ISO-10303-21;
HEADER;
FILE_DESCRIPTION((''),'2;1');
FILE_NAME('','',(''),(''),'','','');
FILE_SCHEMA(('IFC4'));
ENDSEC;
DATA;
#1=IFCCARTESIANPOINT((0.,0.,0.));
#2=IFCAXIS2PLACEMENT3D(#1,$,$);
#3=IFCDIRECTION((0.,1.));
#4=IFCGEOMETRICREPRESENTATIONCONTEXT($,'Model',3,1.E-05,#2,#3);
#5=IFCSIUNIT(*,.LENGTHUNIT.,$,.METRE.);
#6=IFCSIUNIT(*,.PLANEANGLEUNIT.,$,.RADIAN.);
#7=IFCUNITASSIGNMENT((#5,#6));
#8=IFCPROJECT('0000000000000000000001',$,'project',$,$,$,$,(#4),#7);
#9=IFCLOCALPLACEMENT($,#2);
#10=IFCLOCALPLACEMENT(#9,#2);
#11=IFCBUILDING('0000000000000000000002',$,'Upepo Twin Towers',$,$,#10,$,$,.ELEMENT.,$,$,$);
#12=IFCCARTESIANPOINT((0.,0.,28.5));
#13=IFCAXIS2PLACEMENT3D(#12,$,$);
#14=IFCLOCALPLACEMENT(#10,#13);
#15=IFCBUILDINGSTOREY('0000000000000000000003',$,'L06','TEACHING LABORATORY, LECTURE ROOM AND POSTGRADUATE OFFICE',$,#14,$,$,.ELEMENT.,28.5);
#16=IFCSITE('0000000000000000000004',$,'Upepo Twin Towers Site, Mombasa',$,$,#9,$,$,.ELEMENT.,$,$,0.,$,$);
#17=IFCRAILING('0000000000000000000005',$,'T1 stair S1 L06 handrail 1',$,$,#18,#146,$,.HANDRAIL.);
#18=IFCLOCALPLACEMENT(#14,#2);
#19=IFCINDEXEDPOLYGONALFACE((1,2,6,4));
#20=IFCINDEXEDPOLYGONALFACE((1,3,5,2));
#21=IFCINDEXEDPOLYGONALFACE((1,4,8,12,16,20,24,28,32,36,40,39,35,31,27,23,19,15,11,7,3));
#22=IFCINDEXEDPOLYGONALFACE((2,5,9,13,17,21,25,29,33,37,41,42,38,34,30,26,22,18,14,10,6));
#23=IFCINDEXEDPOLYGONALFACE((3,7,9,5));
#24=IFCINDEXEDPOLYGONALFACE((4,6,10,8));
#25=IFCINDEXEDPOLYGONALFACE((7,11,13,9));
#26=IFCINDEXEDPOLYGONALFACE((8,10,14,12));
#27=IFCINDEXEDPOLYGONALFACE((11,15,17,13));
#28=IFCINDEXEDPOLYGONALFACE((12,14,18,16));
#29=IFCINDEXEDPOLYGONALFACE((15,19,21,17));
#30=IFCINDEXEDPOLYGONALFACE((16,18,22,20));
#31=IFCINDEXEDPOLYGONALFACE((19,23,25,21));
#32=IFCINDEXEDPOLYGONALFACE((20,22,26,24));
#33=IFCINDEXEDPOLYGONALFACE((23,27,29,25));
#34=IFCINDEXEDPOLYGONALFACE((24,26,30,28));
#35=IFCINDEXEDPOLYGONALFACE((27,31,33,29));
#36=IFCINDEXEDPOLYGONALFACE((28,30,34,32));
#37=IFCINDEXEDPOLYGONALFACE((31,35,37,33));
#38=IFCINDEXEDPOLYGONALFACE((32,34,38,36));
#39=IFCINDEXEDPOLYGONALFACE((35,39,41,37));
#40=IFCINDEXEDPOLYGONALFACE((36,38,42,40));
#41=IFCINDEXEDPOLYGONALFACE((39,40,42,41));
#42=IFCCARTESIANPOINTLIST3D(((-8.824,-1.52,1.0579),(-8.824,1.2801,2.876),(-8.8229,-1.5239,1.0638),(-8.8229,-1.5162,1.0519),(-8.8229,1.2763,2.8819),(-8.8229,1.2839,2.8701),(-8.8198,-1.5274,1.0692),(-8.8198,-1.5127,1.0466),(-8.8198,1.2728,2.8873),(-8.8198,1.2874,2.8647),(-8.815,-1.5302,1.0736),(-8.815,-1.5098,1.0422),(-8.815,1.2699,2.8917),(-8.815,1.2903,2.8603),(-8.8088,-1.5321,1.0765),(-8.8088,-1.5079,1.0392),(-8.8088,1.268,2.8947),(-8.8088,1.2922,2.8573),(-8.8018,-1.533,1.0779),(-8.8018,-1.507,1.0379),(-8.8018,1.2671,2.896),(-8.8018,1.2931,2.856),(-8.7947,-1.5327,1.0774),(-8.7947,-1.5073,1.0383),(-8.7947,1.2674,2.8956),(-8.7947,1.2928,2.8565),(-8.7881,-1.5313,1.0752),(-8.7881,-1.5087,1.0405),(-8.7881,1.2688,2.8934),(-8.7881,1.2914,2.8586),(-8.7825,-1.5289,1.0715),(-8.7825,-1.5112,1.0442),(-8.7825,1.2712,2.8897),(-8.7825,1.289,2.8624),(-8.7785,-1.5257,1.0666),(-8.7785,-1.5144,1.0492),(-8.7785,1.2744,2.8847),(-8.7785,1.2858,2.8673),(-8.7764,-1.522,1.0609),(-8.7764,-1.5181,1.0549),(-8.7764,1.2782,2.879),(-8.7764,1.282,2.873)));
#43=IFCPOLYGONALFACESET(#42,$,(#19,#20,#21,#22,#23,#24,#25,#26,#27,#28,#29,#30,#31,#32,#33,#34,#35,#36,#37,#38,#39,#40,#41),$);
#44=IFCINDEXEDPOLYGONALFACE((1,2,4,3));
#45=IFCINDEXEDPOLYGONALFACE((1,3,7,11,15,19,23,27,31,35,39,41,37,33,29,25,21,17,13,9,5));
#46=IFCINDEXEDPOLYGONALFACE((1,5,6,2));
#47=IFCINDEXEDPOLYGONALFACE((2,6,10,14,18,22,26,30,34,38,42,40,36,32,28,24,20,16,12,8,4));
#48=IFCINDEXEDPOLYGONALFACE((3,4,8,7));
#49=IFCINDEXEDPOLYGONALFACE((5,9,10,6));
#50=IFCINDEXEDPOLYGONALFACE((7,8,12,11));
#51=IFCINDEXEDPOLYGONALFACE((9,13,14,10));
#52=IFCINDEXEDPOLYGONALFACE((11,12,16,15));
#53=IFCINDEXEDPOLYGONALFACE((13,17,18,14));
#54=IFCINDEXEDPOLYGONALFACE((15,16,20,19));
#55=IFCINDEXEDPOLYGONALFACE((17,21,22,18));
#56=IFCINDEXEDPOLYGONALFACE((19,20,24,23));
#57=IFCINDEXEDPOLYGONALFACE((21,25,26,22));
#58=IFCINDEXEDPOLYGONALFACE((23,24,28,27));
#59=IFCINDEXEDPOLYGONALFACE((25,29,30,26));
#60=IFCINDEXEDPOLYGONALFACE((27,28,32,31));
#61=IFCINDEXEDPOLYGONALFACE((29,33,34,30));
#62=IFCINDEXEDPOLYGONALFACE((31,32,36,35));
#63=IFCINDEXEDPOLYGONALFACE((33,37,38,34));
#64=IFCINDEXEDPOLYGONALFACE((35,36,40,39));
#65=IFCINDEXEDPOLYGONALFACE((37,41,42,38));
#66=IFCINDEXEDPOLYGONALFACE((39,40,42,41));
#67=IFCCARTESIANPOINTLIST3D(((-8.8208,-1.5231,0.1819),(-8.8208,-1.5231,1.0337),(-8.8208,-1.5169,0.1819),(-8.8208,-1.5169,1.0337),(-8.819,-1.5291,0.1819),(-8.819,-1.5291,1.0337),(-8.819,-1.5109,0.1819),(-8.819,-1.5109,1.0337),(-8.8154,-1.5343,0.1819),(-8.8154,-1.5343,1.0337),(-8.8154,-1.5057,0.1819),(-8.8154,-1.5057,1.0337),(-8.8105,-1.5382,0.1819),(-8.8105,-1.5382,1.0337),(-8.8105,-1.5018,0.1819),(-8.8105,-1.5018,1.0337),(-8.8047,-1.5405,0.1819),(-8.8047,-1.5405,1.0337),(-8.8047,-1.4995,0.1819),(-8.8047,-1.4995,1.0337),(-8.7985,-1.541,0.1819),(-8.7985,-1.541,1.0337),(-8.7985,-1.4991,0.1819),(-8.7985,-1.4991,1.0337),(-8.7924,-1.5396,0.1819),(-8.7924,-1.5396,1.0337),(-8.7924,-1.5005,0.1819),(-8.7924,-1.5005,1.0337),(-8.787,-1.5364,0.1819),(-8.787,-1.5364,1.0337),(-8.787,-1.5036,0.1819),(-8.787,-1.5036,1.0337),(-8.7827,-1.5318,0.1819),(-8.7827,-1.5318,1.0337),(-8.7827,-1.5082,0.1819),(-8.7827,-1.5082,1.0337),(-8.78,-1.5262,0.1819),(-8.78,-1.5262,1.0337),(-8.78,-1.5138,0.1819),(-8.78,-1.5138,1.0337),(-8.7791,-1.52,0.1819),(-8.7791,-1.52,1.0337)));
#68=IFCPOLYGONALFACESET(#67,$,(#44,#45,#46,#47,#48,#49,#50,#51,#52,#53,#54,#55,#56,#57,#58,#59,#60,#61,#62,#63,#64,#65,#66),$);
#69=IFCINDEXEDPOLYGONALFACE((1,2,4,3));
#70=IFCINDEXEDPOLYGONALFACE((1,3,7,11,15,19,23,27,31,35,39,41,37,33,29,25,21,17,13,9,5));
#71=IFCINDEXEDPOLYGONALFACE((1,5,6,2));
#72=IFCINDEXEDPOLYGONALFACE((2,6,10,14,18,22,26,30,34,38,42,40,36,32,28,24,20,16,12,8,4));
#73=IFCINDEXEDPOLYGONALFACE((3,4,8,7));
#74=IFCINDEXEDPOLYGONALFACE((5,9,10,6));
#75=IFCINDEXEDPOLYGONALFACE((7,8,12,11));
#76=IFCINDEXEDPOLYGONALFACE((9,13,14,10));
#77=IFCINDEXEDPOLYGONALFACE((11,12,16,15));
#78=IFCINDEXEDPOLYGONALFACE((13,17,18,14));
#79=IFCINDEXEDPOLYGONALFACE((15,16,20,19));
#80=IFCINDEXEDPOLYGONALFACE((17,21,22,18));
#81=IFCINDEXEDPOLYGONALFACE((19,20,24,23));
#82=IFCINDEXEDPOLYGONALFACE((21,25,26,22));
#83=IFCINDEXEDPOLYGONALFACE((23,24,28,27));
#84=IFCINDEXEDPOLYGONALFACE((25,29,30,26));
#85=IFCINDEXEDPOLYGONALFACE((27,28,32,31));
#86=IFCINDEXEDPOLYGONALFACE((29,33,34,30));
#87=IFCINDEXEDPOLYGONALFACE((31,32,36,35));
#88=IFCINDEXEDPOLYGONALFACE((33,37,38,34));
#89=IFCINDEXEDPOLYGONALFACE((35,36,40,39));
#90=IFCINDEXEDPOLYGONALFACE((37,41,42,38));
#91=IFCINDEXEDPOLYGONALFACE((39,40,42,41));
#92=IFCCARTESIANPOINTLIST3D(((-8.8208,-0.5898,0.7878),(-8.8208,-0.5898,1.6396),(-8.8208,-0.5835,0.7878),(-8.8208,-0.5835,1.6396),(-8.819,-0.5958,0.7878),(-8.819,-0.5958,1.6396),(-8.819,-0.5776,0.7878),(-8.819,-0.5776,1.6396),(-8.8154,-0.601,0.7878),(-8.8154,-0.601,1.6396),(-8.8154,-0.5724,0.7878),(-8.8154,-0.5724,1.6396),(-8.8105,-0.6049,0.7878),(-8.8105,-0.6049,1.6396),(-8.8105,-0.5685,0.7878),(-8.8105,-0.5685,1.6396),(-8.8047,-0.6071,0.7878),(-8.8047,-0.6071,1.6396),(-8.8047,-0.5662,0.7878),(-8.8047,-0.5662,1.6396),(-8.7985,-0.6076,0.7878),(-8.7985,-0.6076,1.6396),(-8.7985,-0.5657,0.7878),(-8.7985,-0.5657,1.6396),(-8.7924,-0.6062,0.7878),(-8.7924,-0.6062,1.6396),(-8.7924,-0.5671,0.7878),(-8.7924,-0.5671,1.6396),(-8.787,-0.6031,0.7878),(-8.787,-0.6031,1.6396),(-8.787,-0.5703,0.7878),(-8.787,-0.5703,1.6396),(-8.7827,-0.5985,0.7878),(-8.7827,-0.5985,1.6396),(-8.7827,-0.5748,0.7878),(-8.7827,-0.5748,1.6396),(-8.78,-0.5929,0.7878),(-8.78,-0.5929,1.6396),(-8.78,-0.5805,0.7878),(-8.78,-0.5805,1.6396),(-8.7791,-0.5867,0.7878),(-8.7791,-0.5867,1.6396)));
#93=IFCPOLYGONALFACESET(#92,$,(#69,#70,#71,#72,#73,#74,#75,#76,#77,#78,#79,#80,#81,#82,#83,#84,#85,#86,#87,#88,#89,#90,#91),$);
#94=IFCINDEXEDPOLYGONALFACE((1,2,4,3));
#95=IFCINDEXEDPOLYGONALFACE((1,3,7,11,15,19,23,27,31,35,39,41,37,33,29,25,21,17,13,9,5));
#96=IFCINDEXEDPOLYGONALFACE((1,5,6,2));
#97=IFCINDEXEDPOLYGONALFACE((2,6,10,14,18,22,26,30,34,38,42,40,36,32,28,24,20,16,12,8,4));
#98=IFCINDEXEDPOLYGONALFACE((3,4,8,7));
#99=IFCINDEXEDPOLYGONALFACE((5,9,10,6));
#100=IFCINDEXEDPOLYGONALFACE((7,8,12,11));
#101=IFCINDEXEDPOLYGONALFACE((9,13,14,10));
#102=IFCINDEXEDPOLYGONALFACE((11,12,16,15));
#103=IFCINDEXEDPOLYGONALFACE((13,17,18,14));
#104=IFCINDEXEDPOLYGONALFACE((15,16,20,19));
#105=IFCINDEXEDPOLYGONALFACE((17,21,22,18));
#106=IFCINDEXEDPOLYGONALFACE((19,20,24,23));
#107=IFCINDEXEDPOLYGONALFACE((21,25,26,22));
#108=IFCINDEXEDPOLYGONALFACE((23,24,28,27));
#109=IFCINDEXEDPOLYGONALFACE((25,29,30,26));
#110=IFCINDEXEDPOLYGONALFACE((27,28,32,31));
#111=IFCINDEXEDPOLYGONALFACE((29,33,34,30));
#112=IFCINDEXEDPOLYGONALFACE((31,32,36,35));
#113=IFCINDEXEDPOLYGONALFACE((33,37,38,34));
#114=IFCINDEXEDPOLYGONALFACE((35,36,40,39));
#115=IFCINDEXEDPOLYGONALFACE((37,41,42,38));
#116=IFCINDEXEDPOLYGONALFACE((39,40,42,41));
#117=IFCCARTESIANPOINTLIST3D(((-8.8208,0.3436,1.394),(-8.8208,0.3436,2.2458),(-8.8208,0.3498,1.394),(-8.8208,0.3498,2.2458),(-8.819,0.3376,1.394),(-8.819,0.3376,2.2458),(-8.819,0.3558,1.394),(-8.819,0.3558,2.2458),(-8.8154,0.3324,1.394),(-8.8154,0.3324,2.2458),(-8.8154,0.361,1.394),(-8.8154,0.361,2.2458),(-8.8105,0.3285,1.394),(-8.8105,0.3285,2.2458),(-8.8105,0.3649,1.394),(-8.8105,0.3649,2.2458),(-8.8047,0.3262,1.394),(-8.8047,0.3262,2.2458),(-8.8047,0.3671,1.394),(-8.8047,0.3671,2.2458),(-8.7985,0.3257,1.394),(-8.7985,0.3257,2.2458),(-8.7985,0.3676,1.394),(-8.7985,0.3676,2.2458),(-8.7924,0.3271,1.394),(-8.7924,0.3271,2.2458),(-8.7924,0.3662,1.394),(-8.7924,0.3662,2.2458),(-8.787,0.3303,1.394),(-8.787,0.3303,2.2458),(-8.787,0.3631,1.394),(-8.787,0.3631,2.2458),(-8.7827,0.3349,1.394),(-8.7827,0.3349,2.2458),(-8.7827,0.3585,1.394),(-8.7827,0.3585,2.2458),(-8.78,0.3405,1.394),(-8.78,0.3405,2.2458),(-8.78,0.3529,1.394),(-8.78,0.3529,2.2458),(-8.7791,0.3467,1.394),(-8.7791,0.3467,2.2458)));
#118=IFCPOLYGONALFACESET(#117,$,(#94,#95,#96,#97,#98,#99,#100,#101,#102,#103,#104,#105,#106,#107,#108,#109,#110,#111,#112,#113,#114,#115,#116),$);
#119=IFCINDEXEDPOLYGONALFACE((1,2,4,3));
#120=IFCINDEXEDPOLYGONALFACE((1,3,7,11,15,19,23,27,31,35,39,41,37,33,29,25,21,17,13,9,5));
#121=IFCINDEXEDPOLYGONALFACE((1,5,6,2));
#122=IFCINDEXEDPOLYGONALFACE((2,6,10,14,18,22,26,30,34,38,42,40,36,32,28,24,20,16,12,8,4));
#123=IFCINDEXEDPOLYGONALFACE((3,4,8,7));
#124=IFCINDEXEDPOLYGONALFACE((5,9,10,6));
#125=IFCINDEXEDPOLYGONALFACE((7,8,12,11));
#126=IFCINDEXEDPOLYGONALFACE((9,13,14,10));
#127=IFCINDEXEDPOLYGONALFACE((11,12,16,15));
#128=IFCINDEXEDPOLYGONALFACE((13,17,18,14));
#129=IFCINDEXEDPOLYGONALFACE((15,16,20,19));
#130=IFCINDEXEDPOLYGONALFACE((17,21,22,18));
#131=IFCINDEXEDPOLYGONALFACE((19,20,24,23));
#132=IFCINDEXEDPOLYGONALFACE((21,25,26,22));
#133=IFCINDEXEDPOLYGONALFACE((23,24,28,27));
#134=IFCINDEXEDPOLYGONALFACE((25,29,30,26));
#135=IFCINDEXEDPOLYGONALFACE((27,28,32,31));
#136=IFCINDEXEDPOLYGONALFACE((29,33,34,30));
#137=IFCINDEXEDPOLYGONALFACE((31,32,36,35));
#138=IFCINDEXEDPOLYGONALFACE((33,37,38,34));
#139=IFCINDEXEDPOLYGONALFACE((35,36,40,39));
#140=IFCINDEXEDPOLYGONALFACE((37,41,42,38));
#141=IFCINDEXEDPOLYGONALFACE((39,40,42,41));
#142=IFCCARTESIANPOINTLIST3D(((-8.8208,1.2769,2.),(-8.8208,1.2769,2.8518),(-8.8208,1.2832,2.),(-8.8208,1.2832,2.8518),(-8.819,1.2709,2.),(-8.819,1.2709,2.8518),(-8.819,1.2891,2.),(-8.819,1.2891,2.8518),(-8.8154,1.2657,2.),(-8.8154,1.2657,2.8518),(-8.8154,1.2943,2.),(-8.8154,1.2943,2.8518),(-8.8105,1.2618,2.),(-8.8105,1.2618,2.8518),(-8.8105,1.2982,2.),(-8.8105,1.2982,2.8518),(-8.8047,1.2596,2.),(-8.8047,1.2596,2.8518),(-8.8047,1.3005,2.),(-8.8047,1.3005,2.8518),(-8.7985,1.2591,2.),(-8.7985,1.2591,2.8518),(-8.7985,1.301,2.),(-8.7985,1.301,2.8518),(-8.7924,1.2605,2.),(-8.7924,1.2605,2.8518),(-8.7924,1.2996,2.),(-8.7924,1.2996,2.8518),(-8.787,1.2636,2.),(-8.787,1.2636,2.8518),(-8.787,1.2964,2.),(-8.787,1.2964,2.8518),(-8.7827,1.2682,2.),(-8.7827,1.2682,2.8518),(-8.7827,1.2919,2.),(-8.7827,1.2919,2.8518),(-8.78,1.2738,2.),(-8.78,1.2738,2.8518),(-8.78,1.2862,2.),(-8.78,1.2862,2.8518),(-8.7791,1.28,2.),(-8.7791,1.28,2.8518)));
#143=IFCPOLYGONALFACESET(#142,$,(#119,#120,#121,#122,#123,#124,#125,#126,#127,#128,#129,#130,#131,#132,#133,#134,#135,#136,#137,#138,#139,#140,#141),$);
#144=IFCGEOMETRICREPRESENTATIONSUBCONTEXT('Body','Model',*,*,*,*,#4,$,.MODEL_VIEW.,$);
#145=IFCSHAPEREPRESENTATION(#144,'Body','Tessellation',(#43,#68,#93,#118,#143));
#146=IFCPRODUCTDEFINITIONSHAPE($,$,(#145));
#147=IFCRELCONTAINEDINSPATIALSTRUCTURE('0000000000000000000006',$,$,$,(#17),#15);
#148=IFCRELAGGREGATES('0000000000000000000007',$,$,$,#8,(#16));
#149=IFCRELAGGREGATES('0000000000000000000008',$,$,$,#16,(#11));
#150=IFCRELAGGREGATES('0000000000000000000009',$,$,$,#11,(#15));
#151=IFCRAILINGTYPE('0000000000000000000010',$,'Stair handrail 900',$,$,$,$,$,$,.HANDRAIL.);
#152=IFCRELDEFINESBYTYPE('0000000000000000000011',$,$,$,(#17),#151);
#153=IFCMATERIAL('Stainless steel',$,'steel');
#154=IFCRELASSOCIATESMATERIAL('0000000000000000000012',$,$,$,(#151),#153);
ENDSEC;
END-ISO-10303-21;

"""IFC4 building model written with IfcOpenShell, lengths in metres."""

from ifc_helpers import new_model, si_unit, direction, frame, origin, origin_2d, place, context, subcontext, project, spatial, circle, extrude, material, type_object, element, save


model = new_model("IFC4")

# Units and contexts
model_context = context("Model", 3, precision=1e-05, world=origin(), true_north=direction((0.0, 1.0)))
body_context = subcontext(model_context, "Body", "Model", "MODEL_VIEW")
ifc_project = project(units=[si_unit("LENGTHUNIT", "METRE"), si_unit("PLANEANGLEUNIT", "RADIAN")], contexts=[model_context])

# Site, building, storey
site_placement = place(None, origin())
site = spatial("IfcSite", under=ifc_project, at=site_placement, Name="Upepo Twin Towers Site, Mombasa", CompositionType="ELEMENT", RefElevation=0.0)
building_placement = place(site_placement, origin())
building = spatial("IfcBuilding", under=site, at=building_placement, Name="Upepo Twin Towers", CompositionType="ELEMENT")
storey_placement = place(building_placement, frame((0.0, 0.0, 28.5)))
storey = spatial("IfcBuildingStorey", under=building, at=storey_placement, Name="L06", Description="TEACHING LABORATORY, LECTURE ROOM AND POSTGRADUATE OFFICE", CompositionType="ELEMENT", Elevation=28.5)

# Railing
ifc_material_1 = material(Name="Stainless steel", Category="steel")
railing_type = type_object("IfcRailingType", Name="Stair handrail 900", PredefinedType="HANDRAIL", material=ifc_material_1)
railing_placement = place(storey_placement, frame((-8.8, -1.52, 0.1819)))
element("IfcRailing", 1, at=railing_placement, inside=storey, type_object=railing_type, Name="T1 stair S1 L06 handrail 1", PredefinedType="HANDRAIL", context=body_context, shape_type="SweptSolid", body=[
    extrude(circle(Radius=0.0239, at=origin_2d()), frame((0.0, 0.0, 0.876), z_axis=(0.0, 0.838706, 0.544585), x_axis=(-1.0, 0.0, 0.0)), (0.0, 0.0, 1.0), 3.3386),
    extrude(circle(Radius=0.021, at=origin_2d()), origin(), (0.0, 0.0, 1.0), 0.8518),
    extrude(circle(Radius=0.021, at=origin_2d()), frame((0.0, 0.9333, 0.606)), (0.0, 0.0, 1.0), 0.8518),
    extrude(circle(Radius=0.021, at=origin_2d()), frame((0.0, 1.8667, 1.2122)), (0.0, 0.0, 1.0), 0.8518),
    extrude(circle(Radius=0.021, at=origin_2d()), frame((0.0, 2.8, 1.8181)), (0.0, 0.0, 1.0), 0.8518),
])

save(model, "model.ifc")
